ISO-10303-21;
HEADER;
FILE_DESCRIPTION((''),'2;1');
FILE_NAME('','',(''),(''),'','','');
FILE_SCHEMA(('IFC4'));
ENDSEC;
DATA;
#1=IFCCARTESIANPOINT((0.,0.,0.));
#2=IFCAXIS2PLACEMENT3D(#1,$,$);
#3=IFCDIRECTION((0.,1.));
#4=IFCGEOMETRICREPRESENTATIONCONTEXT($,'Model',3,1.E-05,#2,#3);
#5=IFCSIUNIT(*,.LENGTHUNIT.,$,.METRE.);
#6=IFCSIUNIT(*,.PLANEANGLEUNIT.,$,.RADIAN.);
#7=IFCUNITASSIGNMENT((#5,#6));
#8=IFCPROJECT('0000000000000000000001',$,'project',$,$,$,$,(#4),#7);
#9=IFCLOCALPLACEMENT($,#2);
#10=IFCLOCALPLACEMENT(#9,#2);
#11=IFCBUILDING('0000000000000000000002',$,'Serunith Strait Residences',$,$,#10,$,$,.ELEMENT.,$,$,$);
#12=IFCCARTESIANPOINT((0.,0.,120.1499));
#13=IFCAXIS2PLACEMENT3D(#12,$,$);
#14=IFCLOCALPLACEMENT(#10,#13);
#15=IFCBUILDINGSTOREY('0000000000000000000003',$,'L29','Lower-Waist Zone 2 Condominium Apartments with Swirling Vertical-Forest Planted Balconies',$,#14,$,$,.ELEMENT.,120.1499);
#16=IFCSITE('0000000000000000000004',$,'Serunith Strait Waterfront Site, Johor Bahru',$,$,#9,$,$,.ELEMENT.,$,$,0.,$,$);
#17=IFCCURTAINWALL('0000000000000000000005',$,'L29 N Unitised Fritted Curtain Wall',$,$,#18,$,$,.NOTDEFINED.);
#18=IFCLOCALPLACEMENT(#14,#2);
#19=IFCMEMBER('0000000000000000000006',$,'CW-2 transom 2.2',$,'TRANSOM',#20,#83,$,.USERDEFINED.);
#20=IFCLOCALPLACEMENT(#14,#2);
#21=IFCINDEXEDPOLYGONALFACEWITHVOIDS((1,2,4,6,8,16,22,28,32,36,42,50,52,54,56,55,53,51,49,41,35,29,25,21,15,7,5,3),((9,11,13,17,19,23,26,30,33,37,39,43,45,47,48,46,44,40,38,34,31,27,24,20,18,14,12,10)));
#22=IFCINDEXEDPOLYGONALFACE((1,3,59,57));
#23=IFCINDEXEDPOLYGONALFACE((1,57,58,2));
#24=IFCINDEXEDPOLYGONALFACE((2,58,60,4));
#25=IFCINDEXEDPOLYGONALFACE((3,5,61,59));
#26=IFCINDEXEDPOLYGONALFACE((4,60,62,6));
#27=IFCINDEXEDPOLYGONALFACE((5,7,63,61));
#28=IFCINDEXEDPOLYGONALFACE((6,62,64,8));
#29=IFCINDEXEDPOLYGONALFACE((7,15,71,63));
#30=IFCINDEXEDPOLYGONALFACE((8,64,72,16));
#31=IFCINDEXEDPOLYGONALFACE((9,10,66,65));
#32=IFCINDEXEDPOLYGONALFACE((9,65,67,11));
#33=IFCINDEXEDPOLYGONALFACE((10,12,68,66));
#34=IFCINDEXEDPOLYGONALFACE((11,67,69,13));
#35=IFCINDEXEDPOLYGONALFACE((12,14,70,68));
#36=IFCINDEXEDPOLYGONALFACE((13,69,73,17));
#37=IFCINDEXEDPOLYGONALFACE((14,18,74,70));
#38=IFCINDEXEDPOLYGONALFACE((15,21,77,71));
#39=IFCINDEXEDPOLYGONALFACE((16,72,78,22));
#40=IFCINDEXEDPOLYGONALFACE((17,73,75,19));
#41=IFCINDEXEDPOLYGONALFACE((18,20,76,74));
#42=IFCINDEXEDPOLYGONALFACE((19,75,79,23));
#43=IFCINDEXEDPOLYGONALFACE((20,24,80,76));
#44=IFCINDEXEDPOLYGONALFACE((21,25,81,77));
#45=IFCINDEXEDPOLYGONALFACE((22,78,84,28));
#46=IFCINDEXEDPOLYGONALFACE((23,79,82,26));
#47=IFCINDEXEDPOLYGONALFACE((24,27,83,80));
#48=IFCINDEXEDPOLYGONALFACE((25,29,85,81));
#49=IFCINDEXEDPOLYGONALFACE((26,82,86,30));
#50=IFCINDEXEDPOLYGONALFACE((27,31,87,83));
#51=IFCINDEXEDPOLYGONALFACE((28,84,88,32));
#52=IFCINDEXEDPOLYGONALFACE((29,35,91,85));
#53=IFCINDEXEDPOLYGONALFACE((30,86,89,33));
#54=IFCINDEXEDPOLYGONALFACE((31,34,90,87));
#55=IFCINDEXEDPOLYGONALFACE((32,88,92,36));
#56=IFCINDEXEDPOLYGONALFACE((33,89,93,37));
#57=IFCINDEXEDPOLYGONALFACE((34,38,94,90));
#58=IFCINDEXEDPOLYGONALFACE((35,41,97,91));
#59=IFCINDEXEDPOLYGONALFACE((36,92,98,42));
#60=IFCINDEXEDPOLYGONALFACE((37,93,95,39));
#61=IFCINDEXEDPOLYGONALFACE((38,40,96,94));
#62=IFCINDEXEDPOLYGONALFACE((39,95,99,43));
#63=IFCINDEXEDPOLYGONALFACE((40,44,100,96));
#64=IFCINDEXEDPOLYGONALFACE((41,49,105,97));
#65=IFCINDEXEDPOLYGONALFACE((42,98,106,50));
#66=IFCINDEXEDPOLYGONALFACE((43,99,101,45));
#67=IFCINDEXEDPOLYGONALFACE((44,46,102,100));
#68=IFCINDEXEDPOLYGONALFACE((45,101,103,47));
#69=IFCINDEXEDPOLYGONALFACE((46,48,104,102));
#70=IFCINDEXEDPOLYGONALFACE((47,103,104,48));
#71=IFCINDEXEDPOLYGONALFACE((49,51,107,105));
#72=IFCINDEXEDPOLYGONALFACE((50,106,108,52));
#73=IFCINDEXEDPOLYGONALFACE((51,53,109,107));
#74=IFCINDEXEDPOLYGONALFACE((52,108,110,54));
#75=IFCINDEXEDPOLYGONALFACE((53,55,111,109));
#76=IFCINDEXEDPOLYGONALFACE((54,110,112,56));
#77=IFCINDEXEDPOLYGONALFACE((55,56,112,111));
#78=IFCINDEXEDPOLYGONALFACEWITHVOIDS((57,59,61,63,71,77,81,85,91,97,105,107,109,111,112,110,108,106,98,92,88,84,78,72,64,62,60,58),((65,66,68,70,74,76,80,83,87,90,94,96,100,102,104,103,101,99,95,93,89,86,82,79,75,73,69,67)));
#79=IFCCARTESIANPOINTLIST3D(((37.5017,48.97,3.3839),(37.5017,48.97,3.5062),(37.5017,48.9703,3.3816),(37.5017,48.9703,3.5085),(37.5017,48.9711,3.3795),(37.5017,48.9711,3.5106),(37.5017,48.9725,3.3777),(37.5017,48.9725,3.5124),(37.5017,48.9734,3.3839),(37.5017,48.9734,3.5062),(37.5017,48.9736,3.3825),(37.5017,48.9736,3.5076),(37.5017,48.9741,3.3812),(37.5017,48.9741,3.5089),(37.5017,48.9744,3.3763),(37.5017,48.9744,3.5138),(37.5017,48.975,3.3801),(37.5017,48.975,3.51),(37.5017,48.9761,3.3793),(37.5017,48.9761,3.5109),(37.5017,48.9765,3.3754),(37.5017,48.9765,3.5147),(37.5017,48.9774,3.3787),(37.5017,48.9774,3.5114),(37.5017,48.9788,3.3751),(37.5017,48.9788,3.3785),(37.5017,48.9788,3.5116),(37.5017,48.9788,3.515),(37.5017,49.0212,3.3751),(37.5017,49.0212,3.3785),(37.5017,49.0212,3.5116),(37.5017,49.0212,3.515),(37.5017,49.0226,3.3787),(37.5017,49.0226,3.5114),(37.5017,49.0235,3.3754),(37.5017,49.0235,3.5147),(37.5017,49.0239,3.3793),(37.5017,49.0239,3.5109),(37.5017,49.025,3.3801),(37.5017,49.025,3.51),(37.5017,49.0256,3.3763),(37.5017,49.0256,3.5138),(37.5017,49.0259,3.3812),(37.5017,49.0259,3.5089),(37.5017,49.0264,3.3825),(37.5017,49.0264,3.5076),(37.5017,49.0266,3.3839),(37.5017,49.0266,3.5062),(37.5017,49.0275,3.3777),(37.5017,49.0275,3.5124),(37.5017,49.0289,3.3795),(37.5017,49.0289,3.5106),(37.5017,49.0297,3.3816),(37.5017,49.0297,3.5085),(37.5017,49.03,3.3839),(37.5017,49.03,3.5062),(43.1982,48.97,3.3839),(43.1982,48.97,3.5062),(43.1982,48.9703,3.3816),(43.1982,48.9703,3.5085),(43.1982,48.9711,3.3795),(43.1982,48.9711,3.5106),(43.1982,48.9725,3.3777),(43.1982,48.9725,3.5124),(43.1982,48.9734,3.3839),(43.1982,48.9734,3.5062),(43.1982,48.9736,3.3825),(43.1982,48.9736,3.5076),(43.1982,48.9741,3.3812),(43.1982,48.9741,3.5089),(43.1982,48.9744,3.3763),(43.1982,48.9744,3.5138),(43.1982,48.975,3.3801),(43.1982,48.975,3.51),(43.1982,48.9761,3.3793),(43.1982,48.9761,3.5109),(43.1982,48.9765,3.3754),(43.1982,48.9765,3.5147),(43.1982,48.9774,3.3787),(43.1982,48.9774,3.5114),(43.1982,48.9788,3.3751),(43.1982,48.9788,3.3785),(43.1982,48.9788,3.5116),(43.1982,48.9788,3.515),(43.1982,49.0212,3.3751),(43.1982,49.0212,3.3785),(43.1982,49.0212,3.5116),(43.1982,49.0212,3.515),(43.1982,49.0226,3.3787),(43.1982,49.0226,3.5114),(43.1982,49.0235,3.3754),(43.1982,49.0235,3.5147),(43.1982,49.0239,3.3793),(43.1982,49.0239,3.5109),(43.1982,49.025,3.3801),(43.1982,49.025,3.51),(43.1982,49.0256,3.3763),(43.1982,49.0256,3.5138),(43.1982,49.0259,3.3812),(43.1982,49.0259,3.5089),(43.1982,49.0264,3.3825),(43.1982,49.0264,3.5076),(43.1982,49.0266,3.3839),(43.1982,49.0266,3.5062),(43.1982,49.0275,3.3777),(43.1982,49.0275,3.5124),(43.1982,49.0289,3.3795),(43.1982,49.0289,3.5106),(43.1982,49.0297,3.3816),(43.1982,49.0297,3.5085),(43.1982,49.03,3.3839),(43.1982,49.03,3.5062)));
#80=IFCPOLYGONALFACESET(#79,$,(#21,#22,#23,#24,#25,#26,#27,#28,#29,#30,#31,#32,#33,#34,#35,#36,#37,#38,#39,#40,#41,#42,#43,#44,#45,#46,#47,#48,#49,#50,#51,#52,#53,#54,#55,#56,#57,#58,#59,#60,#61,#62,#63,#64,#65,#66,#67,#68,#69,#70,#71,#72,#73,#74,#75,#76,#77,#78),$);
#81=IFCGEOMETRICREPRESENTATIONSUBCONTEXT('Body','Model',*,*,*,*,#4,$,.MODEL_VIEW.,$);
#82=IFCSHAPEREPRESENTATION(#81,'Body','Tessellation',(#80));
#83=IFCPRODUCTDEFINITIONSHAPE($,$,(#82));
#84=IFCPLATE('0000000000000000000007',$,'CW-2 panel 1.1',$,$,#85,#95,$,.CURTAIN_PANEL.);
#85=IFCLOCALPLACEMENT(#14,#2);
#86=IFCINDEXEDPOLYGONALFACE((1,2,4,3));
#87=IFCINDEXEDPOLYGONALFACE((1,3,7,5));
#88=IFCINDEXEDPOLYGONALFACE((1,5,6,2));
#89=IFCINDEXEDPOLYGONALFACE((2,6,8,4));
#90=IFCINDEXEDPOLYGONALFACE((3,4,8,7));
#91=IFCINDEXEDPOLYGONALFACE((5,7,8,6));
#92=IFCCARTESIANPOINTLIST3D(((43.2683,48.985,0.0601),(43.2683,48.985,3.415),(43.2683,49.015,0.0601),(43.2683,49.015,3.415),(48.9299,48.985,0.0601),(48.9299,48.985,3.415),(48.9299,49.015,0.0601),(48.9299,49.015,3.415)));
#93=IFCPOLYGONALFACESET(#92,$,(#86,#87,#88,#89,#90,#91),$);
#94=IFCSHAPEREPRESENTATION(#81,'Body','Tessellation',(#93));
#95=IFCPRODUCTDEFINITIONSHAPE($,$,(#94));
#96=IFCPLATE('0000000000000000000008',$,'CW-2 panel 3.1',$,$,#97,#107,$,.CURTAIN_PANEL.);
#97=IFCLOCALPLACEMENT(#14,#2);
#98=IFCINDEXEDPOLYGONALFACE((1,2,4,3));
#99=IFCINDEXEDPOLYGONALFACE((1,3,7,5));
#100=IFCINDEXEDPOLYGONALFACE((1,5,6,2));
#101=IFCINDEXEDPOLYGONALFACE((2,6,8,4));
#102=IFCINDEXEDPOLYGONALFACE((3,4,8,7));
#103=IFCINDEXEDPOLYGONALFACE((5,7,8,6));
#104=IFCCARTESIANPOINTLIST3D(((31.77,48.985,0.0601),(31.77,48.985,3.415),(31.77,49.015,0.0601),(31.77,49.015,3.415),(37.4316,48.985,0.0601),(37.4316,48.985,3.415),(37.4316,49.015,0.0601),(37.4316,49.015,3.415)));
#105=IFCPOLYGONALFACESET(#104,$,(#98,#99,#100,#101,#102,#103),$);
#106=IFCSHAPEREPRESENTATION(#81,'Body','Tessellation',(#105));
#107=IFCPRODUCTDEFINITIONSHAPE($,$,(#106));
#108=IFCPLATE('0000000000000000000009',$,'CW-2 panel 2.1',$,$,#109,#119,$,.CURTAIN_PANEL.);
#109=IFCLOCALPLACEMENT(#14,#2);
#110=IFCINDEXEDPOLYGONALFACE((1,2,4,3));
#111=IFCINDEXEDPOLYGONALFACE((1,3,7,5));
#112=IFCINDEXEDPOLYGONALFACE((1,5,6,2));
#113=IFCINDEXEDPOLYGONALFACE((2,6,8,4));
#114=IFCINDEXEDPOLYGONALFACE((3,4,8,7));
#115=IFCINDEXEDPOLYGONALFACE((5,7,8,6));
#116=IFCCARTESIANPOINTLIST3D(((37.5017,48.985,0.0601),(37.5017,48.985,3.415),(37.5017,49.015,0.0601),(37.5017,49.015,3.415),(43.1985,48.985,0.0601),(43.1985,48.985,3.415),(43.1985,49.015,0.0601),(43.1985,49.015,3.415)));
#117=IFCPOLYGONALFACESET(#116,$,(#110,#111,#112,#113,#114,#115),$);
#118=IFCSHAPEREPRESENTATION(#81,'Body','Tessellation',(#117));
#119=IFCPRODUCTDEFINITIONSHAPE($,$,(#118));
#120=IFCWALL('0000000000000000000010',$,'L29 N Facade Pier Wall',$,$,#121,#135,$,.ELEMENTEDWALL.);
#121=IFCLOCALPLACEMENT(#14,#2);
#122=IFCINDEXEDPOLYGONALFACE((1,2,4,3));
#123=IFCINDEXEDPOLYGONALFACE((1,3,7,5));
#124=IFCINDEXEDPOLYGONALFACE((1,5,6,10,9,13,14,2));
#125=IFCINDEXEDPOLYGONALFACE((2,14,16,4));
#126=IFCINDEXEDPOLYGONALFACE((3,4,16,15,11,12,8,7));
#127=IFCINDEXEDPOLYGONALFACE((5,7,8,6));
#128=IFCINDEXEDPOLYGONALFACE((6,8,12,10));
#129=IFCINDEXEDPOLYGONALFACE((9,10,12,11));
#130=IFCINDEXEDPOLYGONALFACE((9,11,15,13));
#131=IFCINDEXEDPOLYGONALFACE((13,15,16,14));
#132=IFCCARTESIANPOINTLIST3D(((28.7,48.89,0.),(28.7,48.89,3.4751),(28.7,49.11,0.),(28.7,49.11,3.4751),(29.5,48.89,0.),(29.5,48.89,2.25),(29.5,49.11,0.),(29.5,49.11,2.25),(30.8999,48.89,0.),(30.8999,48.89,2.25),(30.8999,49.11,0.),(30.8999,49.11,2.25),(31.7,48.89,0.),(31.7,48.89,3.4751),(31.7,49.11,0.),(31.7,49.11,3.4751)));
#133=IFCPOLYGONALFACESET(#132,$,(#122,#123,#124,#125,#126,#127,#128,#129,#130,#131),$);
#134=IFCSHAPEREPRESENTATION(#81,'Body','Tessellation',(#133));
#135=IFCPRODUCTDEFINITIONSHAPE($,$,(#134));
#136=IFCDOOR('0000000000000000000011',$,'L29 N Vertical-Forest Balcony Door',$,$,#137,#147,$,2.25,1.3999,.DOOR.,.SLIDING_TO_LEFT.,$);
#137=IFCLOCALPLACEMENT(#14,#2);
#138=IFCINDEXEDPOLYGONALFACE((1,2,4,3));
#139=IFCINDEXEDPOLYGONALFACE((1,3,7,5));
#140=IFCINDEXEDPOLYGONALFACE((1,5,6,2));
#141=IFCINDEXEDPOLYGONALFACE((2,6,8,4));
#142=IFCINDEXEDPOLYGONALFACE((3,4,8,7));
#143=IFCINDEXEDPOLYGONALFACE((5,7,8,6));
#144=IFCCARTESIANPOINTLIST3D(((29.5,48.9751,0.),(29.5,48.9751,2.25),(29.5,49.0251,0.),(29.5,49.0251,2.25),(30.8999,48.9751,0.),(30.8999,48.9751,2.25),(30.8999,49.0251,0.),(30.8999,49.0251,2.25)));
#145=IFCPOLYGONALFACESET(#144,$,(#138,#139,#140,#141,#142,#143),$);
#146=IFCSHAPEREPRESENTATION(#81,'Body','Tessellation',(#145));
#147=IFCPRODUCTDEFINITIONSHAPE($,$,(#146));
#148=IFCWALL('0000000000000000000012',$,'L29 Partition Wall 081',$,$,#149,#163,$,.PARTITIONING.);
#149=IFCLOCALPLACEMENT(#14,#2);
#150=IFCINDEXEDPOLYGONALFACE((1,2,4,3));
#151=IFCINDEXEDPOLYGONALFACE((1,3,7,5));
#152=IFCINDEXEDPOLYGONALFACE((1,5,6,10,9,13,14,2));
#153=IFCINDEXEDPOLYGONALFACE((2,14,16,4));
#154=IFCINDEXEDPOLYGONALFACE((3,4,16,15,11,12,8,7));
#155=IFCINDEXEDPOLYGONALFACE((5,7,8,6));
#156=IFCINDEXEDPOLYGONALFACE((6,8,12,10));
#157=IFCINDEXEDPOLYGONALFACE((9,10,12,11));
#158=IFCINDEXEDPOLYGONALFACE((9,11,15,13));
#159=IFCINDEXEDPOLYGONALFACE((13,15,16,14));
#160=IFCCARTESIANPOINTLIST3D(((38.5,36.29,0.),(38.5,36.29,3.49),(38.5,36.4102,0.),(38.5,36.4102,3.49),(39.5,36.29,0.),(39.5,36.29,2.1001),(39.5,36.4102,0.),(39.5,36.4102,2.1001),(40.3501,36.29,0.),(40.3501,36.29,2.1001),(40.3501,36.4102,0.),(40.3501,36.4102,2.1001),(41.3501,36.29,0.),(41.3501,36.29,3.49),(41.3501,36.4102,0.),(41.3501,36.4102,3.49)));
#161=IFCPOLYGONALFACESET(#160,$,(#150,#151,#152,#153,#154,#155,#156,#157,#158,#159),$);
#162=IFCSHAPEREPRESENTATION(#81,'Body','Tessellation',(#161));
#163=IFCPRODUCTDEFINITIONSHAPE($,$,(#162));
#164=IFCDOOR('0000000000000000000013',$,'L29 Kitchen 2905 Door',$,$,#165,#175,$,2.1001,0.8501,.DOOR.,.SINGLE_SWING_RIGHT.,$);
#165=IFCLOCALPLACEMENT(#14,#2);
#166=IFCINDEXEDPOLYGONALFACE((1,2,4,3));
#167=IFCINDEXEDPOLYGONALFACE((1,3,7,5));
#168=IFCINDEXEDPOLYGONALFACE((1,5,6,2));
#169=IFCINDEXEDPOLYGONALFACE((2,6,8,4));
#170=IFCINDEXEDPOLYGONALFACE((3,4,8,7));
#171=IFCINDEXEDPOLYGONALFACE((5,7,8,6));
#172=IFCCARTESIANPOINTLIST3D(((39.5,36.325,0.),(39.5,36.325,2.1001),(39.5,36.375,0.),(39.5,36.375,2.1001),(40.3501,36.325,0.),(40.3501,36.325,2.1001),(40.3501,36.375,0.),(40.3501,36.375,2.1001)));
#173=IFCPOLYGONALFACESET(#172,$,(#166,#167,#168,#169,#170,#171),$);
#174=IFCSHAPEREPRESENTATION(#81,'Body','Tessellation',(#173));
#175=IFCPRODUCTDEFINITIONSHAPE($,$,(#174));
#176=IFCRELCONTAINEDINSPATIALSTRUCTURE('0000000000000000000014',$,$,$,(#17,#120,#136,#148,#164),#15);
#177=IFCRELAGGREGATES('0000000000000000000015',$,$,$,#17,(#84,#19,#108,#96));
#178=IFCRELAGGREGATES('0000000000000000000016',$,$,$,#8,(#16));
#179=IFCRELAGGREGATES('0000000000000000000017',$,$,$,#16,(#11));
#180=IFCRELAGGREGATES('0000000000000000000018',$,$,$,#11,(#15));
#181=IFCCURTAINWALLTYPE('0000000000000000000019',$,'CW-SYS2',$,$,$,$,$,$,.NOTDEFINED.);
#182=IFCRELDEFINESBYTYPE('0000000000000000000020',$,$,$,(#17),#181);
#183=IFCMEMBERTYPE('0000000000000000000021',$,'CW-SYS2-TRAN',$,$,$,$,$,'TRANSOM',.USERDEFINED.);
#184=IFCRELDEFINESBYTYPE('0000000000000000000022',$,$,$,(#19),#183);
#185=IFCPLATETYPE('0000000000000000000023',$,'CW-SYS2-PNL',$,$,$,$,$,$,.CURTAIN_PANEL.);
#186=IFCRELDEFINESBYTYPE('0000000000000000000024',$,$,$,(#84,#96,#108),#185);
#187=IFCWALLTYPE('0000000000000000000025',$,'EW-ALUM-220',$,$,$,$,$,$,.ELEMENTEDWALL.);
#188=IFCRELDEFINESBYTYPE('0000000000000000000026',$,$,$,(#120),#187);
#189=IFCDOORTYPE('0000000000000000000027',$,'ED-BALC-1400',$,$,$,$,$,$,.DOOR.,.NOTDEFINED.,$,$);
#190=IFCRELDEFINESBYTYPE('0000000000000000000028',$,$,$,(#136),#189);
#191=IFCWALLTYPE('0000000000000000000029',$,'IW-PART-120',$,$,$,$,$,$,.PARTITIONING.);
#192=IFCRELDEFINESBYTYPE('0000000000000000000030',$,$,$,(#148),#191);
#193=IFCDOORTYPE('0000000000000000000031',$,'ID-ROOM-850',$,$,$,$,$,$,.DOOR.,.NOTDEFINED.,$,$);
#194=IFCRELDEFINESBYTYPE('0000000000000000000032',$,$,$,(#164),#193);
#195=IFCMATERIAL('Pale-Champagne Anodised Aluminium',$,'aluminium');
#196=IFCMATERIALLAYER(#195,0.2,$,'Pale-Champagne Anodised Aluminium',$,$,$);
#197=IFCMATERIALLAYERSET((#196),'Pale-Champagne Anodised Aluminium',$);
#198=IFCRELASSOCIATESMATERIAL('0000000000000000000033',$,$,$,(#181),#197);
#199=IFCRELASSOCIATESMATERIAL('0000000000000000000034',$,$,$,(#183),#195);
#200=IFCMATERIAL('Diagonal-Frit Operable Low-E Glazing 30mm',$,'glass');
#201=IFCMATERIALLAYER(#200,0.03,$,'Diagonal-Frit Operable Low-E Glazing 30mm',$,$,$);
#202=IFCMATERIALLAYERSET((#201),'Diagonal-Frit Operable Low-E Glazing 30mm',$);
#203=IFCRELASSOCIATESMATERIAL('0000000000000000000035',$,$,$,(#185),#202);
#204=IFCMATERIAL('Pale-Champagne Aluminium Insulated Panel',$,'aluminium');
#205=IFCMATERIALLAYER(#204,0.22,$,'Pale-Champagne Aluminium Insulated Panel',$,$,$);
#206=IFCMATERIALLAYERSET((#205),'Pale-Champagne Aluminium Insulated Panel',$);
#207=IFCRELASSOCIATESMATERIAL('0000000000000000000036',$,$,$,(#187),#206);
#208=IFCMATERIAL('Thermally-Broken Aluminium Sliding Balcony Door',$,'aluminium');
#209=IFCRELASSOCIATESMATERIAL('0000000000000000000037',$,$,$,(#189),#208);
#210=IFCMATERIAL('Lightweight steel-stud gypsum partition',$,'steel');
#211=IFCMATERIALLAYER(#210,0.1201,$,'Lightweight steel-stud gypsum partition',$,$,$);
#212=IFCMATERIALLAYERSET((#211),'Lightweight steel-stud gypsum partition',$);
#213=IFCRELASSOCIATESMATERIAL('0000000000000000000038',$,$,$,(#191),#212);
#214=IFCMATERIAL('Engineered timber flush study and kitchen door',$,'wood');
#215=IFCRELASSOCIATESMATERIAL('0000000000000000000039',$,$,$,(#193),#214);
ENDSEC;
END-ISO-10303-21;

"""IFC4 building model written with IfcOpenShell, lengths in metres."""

from ifc_helpers import new_model, si_unit, direction, frame, frame_2d, origin, origin_2d, place, context, subcontext, project, spatial, rectangle, hollow_rectangle, extrude, source, transform, mapped, material, layer, layer_set, material_profile, profile_set, type_object, element, fill, aggregate, save


model = new_model("IFC4")

# Units and contexts
model_context = context("Model", 3, precision=1e-05, world=origin(), true_north=direction((0.0, 1.0)))
body_context = subcontext(model_context, "Body", "Model", "MODEL_VIEW")
ifc_project = project(units=[si_unit("LENGTHUNIT", "METRE"), si_unit("PLANEANGLEUNIT", "RADIAN")], contexts=[model_context])

# Site, building, storey
site_placement = place(None, origin())
site = spatial("IfcSite", under=ifc_project, at=site_placement, Name="Serunith Strait Waterfront Site, Johor Bahru", CompositionType="ELEMENT", RefElevation=0.0)
building_placement = place(site_placement, origin())
building = spatial("IfcBuilding", under=site, at=building_placement, Name="Serunith Strait Residences", CompositionType="ELEMENT")
storey_placement = place(building_placement, frame((0.0, 0.0, 120.1499)))
storey = spatial("IfcBuildingStorey", under=building, at=storey_placement, Name="L29", Description="Lower-Waist Zone 2 Condominium Apartments with Swirling Vertical-Forest Planted Balconies", CompositionType="ELEMENT", Elevation=120.1499)

# Curtain wall, member, plates
ifc_material_1 = material(Name="Pale-Champagne Anodised Aluminium", Category="aluminium")
ifc_layer_1 = layer(ifc_material_1, 0.2, Name="Pale-Champagne Anodised Aluminium")
ifc_layer_set_1 = layer_set([ifc_layer_1], Name="Pale-Champagne Anodised Aluminium")
curtain_wall_type = type_object("IfcCurtainWallType", Name="CW-SYS2", PredefinedType="NOTDEFINED", material=ifc_layer_set_1)
curtain_wall_placement = place(storey_placement, origin())
curtain_wall = element("IfcCurtainWall", 1, at=curtain_wall_placement, inside=storey, type_object=curtain_wall_type, Name="L29 N Unitised Fritted Curtain Wall", PredefinedType="NOTDEFINED")
ifc_material_profile_1 = material_profile(ifc_material_1, hollow_rectangle(XDim=0.0601, YDim=0.1399, WallThickness=0.0034, InnerFilletRadius=0.0054, OuterFilletRadius=0.0088, at=origin_2d()), Name="ALU 140x60x3.5")
ifc_profile_set_1 = profile_set([ifc_material_profile_1], Name="Pale-Champagne Anodised Aluminium")
member_type_1 = type_object("IfcMemberType", Name="CW-SYS2-TRAN", ElementType="TRANSOM", PredefinedType="USERDEFINED", material=ifc_profile_set_1)
shared_shape_1 = source(origin(), body_context, "Body", "SweptSolid", [
    extrude(hollow_rectangle(XDim=0.0601, YDim=0.1399, WallThickness=0.0034, InnerFilletRadius=0.0054, OuterFilletRadius=0.0088, at=origin_2d()), origin(), (0.0, 0.0, 1.0), 5.6965),
])
member_1_placement = place(storey_placement, frame((43.1982, 49.0, 3.4451), z_axis=(-1.0, 0.0, 0.0), x_axis=(0.0, -1.0, 0.0)))
member_1 = element("IfcMember", 2, at=member_1_placement, type_object=member_type_1, Name="CW-2 transom 2.2", ObjectType="TRANSOM", PredefinedType="USERDEFINED", context=body_context, shape_type="MappedRepresentation", body=[
    mapped(shared_shape_1, transform((0.0, 0.0, 0.0), scale=1.0)),
])
ifc_material_2 = material(Name="Diagonal-Frit Operable Low-E Glazing 30mm", Category="glass")
ifc_layer_2 = layer(ifc_material_2, 0.03, Name="Diagonal-Frit Operable Low-E Glazing 30mm")
ifc_layer_set_2 = layer_set([ifc_layer_2], Name="Diagonal-Frit Operable Low-E Glazing 30mm")
plate_type = type_object("IfcPlateType", Name="CW-SYS2-PNL", PredefinedType="CURTAIN_PANEL", material=ifc_layer_set_2)
shared_shape_2 = source(origin(), body_context, "Body", "SweptSolid", [
    extrude(rectangle(XDim=5.6616, YDim=0.03, at=origin_2d()), origin(), (0.0, 0.0, 1.0), 3.355),
])
plate_1_placement = place(storey_placement, frame((46.0991, 49.0, 0.0601), z_axis=(0.0, 0.0, 1.0), x_axis=(-1.0, 0.0, 0.0)))
plate_1 = element("IfcPlate", 3, at=plate_1_placement, type_object=plate_type, Name="CW-2 panel 1.1", PredefinedType="CURTAIN_PANEL", context=body_context, shape_type="MappedRepresentation", body=[
    mapped(shared_shape_2, transform((0.0, 0.0, 0.0), scale=1.0)),
])
plate_2_placement = place(storey_placement, frame((34.6008, 49.0, 0.0601), z_axis=(0.0, 0.0, 1.0), x_axis=(-1.0, 0.0, 0.0)))
plate_2 = element("IfcPlate", 4, at=plate_2_placement, type_object=plate_type, Name="CW-2 panel 3.1", PredefinedType="CURTAIN_PANEL", context=body_context, shape_type="MappedRepresentation", body=[
    mapped(shared_shape_2, transform((0.0, 0.0, 0.0), scale=1.0)),
])
shared_shape_3 = source(origin(), body_context, "Body", "SweptSolid", [
    extrude(rectangle(XDim=5.6968, YDim=0.03, at=origin_2d()), origin(), (0.0, 0.0, 1.0), 3.355),
])
plate_3_placement = place(storey_placement, frame((40.3501, 49.0, 0.0601), z_axis=(0.0, 0.0, 1.0), x_axis=(-1.0, 0.0, 0.0)))
plate_3 = element("IfcPlate", 5, at=plate_3_placement, type_object=plate_type, Name="CW-2 panel 2.1", PredefinedType="CURTAIN_PANEL", context=body_context, shape_type="MappedRepresentation", body=[
    mapped(shared_shape_3, transform((0.0, 0.0, 0.0), scale=1.0)),
])
aggregate(curtain_wall, [plate_1, member_1, plate_3, plate_2])

# Walls, openings, doors
ifc_material_3 = material(Name="Pale-Champagne Aluminium Insulated Panel", Category="aluminium")
ifc_layer_3 = layer(ifc_material_3, 0.22, Name="Pale-Champagne Aluminium Insulated Panel")
ifc_layer_set_3 = layer_set([ifc_layer_3], Name="Pale-Champagne Aluminium Insulated Panel")
wall_type_1 = type_object("IfcWallType", Name="EW-ALUM-220", PredefinedType="ELEMENTEDWALL", material=ifc_layer_set_3)
wall_1_placement = place(storey_placement, frame((31.7, 49.0, 0.0), z_axis=(0.0, 0.0, 1.0), x_axis=(-1.0, 0.0, 0.0)))
wall_1 = element("IfcWall", 6, at=wall_1_placement, inside=storey, type_object=wall_type_1, Name="L29 N Facade Pier Wall", PredefinedType="ELEMENTEDWALL", context=body_context, shape_type="SweptSolid", body=[
    extrude(rectangle(XDim=3.0, YDim=0.22, at=frame_2d((1.5, 0.0))), origin(), (0.0, 0.0, 1.0), 3.4751),
])
opening_1_placement = place(wall_1_placement, frame((0.8, 0.0, 0.0)))
opening_1 = element("IfcOpeningElement", 7, at=opening_1_placement, cuts=wall_1, PredefinedType="OPENING", context=body_context, shape_type="SweptSolid", body=[
    extrude(rectangle(XDim=1.3999, YDim=2.25, at=frame_2d((0.7, 1.125))), frame((0.0, 0.1201, 0.0), z_axis=(0.0, -1.0, 0.0), x_axis=(1.0, 0.0, 0.0)), (0.0, 0.0, 1.0), 0.24),
])
ifc_material_4 = material(Name="Thermally-Broken Aluminium Sliding Balcony Door", Category="aluminium")
door_type_1 = type_object("IfcDoorType", Name="ED-BALC-1400", OperationType="NOTDEFINED", PredefinedType="DOOR", material=ifc_material_4)
shared_shape_4 = source(origin(), body_context, "Body", "SweptSolid", [
    extrude(rectangle(XDim=1.3999, YDim=2.25, at=frame_2d((0.7, 1.125))), frame((0.0, 0.0249, 0.0), z_axis=(0.0, -1.0, 0.0), x_axis=(1.0, 0.0, 0.0)), (0.0, 0.0, 1.0), 0.05),
])
door_1_placement = place(opening_1_placement, origin())
door_1 = element("IfcDoor", 8, at=door_1_placement, inside=storey, type_object=door_type_1, Name="L29 N Vertical-Forest Balcony Door", OperationType="SLIDING_TO_LEFT", OverallHeight=2.25, OverallWidth=1.3999, PredefinedType="DOOR", context=body_context, shape_type="MappedRepresentation", body=[
    mapped(shared_shape_4, transform((0.0, 0.0, 0.0), scale=1.0)),
])
fill(opening_1, door_1)
ifc_material_5 = material(Name="Lightweight steel-stud gypsum partition", Category="steel")
ifc_layer_4 = layer(ifc_material_5, 0.1201, Name="Lightweight steel-stud gypsum partition")
ifc_layer_set_4 = layer_set([ifc_layer_4], Name="Lightweight steel-stud gypsum partition")
wall_type_2 = type_object("IfcWallType", Name="IW-PART-120", PredefinedType="PARTITIONING", material=ifc_layer_set_4)
wall_2_placement = place(storey_placement, frame((38.5, 36.3501, 0.0), z_axis=(0.0, 0.0, 1.0), x_axis=(1.0, 0.0, 0.0)))
wall_2 = element("IfcWall", 9, at=wall_2_placement, inside=storey, type_object=wall_type_2, Name="L29 Partition Wall 081", PredefinedType="PARTITIONING", context=body_context, shape_type="SweptSolid", body=[
    extrude(rectangle(XDim=2.8501, YDim=0.1201, at=frame_2d((1.425, 0.0))), origin(), (0.0, 0.0, 1.0), 3.49),
])
opening_2_placement = place(wall_2_placement, frame((1.0, 0.0, 0.0)))
opening_2 = element("IfcOpeningElement", 10, at=opening_2_placement, cuts=wall_2, PredefinedType="OPENING", context=body_context, shape_type="SweptSolid", body=[
    extrude(rectangle(XDim=0.8501, YDim=2.1001, at=frame_2d((0.425, 1.05))), frame((0.0, 0.0701, 0.0), z_axis=(0.0, -1.0, 0.0), x_axis=(1.0, 0.0, 0.0)), (0.0, 0.0, 1.0), 0.1401),
])
ifc_material_6 = material(Name="Engineered timber flush study and kitchen door", Category="wood")
door_type_2 = type_object("IfcDoorType", Name="ID-ROOM-850", OperationType="NOTDEFINED", PredefinedType="DOOR", material=ifc_material_6)
shared_shape_5 = source(origin(), body_context, "Body", "SweptSolid", [
    extrude(rectangle(XDim=0.8501, YDim=2.1001, at=frame_2d((0.425, 1.05))), frame((0.0, 0.0249, 0.0), z_axis=(0.0, -1.0, 0.0), x_axis=(1.0, 0.0, 0.0)), (0.0, 0.0, 1.0), 0.05),
])
door_2_placement = place(opening_2_placement, origin())
door_2 = element("IfcDoor", 11, at=door_2_placement, inside=storey, type_object=door_type_2, Name="L29 Kitchen 2905 Door", OperationType="SINGLE_SWING_RIGHT", OverallHeight=2.1001, OverallWidth=0.8501, PredefinedType="DOOR", context=body_context, shape_type="MappedRepresentation", body=[
    mapped(shared_shape_5, transform((0.0, 0.0, 0.0), scale=1.0)),
])
fill(opening_2, door_2)

save(model, "model.ifc")
